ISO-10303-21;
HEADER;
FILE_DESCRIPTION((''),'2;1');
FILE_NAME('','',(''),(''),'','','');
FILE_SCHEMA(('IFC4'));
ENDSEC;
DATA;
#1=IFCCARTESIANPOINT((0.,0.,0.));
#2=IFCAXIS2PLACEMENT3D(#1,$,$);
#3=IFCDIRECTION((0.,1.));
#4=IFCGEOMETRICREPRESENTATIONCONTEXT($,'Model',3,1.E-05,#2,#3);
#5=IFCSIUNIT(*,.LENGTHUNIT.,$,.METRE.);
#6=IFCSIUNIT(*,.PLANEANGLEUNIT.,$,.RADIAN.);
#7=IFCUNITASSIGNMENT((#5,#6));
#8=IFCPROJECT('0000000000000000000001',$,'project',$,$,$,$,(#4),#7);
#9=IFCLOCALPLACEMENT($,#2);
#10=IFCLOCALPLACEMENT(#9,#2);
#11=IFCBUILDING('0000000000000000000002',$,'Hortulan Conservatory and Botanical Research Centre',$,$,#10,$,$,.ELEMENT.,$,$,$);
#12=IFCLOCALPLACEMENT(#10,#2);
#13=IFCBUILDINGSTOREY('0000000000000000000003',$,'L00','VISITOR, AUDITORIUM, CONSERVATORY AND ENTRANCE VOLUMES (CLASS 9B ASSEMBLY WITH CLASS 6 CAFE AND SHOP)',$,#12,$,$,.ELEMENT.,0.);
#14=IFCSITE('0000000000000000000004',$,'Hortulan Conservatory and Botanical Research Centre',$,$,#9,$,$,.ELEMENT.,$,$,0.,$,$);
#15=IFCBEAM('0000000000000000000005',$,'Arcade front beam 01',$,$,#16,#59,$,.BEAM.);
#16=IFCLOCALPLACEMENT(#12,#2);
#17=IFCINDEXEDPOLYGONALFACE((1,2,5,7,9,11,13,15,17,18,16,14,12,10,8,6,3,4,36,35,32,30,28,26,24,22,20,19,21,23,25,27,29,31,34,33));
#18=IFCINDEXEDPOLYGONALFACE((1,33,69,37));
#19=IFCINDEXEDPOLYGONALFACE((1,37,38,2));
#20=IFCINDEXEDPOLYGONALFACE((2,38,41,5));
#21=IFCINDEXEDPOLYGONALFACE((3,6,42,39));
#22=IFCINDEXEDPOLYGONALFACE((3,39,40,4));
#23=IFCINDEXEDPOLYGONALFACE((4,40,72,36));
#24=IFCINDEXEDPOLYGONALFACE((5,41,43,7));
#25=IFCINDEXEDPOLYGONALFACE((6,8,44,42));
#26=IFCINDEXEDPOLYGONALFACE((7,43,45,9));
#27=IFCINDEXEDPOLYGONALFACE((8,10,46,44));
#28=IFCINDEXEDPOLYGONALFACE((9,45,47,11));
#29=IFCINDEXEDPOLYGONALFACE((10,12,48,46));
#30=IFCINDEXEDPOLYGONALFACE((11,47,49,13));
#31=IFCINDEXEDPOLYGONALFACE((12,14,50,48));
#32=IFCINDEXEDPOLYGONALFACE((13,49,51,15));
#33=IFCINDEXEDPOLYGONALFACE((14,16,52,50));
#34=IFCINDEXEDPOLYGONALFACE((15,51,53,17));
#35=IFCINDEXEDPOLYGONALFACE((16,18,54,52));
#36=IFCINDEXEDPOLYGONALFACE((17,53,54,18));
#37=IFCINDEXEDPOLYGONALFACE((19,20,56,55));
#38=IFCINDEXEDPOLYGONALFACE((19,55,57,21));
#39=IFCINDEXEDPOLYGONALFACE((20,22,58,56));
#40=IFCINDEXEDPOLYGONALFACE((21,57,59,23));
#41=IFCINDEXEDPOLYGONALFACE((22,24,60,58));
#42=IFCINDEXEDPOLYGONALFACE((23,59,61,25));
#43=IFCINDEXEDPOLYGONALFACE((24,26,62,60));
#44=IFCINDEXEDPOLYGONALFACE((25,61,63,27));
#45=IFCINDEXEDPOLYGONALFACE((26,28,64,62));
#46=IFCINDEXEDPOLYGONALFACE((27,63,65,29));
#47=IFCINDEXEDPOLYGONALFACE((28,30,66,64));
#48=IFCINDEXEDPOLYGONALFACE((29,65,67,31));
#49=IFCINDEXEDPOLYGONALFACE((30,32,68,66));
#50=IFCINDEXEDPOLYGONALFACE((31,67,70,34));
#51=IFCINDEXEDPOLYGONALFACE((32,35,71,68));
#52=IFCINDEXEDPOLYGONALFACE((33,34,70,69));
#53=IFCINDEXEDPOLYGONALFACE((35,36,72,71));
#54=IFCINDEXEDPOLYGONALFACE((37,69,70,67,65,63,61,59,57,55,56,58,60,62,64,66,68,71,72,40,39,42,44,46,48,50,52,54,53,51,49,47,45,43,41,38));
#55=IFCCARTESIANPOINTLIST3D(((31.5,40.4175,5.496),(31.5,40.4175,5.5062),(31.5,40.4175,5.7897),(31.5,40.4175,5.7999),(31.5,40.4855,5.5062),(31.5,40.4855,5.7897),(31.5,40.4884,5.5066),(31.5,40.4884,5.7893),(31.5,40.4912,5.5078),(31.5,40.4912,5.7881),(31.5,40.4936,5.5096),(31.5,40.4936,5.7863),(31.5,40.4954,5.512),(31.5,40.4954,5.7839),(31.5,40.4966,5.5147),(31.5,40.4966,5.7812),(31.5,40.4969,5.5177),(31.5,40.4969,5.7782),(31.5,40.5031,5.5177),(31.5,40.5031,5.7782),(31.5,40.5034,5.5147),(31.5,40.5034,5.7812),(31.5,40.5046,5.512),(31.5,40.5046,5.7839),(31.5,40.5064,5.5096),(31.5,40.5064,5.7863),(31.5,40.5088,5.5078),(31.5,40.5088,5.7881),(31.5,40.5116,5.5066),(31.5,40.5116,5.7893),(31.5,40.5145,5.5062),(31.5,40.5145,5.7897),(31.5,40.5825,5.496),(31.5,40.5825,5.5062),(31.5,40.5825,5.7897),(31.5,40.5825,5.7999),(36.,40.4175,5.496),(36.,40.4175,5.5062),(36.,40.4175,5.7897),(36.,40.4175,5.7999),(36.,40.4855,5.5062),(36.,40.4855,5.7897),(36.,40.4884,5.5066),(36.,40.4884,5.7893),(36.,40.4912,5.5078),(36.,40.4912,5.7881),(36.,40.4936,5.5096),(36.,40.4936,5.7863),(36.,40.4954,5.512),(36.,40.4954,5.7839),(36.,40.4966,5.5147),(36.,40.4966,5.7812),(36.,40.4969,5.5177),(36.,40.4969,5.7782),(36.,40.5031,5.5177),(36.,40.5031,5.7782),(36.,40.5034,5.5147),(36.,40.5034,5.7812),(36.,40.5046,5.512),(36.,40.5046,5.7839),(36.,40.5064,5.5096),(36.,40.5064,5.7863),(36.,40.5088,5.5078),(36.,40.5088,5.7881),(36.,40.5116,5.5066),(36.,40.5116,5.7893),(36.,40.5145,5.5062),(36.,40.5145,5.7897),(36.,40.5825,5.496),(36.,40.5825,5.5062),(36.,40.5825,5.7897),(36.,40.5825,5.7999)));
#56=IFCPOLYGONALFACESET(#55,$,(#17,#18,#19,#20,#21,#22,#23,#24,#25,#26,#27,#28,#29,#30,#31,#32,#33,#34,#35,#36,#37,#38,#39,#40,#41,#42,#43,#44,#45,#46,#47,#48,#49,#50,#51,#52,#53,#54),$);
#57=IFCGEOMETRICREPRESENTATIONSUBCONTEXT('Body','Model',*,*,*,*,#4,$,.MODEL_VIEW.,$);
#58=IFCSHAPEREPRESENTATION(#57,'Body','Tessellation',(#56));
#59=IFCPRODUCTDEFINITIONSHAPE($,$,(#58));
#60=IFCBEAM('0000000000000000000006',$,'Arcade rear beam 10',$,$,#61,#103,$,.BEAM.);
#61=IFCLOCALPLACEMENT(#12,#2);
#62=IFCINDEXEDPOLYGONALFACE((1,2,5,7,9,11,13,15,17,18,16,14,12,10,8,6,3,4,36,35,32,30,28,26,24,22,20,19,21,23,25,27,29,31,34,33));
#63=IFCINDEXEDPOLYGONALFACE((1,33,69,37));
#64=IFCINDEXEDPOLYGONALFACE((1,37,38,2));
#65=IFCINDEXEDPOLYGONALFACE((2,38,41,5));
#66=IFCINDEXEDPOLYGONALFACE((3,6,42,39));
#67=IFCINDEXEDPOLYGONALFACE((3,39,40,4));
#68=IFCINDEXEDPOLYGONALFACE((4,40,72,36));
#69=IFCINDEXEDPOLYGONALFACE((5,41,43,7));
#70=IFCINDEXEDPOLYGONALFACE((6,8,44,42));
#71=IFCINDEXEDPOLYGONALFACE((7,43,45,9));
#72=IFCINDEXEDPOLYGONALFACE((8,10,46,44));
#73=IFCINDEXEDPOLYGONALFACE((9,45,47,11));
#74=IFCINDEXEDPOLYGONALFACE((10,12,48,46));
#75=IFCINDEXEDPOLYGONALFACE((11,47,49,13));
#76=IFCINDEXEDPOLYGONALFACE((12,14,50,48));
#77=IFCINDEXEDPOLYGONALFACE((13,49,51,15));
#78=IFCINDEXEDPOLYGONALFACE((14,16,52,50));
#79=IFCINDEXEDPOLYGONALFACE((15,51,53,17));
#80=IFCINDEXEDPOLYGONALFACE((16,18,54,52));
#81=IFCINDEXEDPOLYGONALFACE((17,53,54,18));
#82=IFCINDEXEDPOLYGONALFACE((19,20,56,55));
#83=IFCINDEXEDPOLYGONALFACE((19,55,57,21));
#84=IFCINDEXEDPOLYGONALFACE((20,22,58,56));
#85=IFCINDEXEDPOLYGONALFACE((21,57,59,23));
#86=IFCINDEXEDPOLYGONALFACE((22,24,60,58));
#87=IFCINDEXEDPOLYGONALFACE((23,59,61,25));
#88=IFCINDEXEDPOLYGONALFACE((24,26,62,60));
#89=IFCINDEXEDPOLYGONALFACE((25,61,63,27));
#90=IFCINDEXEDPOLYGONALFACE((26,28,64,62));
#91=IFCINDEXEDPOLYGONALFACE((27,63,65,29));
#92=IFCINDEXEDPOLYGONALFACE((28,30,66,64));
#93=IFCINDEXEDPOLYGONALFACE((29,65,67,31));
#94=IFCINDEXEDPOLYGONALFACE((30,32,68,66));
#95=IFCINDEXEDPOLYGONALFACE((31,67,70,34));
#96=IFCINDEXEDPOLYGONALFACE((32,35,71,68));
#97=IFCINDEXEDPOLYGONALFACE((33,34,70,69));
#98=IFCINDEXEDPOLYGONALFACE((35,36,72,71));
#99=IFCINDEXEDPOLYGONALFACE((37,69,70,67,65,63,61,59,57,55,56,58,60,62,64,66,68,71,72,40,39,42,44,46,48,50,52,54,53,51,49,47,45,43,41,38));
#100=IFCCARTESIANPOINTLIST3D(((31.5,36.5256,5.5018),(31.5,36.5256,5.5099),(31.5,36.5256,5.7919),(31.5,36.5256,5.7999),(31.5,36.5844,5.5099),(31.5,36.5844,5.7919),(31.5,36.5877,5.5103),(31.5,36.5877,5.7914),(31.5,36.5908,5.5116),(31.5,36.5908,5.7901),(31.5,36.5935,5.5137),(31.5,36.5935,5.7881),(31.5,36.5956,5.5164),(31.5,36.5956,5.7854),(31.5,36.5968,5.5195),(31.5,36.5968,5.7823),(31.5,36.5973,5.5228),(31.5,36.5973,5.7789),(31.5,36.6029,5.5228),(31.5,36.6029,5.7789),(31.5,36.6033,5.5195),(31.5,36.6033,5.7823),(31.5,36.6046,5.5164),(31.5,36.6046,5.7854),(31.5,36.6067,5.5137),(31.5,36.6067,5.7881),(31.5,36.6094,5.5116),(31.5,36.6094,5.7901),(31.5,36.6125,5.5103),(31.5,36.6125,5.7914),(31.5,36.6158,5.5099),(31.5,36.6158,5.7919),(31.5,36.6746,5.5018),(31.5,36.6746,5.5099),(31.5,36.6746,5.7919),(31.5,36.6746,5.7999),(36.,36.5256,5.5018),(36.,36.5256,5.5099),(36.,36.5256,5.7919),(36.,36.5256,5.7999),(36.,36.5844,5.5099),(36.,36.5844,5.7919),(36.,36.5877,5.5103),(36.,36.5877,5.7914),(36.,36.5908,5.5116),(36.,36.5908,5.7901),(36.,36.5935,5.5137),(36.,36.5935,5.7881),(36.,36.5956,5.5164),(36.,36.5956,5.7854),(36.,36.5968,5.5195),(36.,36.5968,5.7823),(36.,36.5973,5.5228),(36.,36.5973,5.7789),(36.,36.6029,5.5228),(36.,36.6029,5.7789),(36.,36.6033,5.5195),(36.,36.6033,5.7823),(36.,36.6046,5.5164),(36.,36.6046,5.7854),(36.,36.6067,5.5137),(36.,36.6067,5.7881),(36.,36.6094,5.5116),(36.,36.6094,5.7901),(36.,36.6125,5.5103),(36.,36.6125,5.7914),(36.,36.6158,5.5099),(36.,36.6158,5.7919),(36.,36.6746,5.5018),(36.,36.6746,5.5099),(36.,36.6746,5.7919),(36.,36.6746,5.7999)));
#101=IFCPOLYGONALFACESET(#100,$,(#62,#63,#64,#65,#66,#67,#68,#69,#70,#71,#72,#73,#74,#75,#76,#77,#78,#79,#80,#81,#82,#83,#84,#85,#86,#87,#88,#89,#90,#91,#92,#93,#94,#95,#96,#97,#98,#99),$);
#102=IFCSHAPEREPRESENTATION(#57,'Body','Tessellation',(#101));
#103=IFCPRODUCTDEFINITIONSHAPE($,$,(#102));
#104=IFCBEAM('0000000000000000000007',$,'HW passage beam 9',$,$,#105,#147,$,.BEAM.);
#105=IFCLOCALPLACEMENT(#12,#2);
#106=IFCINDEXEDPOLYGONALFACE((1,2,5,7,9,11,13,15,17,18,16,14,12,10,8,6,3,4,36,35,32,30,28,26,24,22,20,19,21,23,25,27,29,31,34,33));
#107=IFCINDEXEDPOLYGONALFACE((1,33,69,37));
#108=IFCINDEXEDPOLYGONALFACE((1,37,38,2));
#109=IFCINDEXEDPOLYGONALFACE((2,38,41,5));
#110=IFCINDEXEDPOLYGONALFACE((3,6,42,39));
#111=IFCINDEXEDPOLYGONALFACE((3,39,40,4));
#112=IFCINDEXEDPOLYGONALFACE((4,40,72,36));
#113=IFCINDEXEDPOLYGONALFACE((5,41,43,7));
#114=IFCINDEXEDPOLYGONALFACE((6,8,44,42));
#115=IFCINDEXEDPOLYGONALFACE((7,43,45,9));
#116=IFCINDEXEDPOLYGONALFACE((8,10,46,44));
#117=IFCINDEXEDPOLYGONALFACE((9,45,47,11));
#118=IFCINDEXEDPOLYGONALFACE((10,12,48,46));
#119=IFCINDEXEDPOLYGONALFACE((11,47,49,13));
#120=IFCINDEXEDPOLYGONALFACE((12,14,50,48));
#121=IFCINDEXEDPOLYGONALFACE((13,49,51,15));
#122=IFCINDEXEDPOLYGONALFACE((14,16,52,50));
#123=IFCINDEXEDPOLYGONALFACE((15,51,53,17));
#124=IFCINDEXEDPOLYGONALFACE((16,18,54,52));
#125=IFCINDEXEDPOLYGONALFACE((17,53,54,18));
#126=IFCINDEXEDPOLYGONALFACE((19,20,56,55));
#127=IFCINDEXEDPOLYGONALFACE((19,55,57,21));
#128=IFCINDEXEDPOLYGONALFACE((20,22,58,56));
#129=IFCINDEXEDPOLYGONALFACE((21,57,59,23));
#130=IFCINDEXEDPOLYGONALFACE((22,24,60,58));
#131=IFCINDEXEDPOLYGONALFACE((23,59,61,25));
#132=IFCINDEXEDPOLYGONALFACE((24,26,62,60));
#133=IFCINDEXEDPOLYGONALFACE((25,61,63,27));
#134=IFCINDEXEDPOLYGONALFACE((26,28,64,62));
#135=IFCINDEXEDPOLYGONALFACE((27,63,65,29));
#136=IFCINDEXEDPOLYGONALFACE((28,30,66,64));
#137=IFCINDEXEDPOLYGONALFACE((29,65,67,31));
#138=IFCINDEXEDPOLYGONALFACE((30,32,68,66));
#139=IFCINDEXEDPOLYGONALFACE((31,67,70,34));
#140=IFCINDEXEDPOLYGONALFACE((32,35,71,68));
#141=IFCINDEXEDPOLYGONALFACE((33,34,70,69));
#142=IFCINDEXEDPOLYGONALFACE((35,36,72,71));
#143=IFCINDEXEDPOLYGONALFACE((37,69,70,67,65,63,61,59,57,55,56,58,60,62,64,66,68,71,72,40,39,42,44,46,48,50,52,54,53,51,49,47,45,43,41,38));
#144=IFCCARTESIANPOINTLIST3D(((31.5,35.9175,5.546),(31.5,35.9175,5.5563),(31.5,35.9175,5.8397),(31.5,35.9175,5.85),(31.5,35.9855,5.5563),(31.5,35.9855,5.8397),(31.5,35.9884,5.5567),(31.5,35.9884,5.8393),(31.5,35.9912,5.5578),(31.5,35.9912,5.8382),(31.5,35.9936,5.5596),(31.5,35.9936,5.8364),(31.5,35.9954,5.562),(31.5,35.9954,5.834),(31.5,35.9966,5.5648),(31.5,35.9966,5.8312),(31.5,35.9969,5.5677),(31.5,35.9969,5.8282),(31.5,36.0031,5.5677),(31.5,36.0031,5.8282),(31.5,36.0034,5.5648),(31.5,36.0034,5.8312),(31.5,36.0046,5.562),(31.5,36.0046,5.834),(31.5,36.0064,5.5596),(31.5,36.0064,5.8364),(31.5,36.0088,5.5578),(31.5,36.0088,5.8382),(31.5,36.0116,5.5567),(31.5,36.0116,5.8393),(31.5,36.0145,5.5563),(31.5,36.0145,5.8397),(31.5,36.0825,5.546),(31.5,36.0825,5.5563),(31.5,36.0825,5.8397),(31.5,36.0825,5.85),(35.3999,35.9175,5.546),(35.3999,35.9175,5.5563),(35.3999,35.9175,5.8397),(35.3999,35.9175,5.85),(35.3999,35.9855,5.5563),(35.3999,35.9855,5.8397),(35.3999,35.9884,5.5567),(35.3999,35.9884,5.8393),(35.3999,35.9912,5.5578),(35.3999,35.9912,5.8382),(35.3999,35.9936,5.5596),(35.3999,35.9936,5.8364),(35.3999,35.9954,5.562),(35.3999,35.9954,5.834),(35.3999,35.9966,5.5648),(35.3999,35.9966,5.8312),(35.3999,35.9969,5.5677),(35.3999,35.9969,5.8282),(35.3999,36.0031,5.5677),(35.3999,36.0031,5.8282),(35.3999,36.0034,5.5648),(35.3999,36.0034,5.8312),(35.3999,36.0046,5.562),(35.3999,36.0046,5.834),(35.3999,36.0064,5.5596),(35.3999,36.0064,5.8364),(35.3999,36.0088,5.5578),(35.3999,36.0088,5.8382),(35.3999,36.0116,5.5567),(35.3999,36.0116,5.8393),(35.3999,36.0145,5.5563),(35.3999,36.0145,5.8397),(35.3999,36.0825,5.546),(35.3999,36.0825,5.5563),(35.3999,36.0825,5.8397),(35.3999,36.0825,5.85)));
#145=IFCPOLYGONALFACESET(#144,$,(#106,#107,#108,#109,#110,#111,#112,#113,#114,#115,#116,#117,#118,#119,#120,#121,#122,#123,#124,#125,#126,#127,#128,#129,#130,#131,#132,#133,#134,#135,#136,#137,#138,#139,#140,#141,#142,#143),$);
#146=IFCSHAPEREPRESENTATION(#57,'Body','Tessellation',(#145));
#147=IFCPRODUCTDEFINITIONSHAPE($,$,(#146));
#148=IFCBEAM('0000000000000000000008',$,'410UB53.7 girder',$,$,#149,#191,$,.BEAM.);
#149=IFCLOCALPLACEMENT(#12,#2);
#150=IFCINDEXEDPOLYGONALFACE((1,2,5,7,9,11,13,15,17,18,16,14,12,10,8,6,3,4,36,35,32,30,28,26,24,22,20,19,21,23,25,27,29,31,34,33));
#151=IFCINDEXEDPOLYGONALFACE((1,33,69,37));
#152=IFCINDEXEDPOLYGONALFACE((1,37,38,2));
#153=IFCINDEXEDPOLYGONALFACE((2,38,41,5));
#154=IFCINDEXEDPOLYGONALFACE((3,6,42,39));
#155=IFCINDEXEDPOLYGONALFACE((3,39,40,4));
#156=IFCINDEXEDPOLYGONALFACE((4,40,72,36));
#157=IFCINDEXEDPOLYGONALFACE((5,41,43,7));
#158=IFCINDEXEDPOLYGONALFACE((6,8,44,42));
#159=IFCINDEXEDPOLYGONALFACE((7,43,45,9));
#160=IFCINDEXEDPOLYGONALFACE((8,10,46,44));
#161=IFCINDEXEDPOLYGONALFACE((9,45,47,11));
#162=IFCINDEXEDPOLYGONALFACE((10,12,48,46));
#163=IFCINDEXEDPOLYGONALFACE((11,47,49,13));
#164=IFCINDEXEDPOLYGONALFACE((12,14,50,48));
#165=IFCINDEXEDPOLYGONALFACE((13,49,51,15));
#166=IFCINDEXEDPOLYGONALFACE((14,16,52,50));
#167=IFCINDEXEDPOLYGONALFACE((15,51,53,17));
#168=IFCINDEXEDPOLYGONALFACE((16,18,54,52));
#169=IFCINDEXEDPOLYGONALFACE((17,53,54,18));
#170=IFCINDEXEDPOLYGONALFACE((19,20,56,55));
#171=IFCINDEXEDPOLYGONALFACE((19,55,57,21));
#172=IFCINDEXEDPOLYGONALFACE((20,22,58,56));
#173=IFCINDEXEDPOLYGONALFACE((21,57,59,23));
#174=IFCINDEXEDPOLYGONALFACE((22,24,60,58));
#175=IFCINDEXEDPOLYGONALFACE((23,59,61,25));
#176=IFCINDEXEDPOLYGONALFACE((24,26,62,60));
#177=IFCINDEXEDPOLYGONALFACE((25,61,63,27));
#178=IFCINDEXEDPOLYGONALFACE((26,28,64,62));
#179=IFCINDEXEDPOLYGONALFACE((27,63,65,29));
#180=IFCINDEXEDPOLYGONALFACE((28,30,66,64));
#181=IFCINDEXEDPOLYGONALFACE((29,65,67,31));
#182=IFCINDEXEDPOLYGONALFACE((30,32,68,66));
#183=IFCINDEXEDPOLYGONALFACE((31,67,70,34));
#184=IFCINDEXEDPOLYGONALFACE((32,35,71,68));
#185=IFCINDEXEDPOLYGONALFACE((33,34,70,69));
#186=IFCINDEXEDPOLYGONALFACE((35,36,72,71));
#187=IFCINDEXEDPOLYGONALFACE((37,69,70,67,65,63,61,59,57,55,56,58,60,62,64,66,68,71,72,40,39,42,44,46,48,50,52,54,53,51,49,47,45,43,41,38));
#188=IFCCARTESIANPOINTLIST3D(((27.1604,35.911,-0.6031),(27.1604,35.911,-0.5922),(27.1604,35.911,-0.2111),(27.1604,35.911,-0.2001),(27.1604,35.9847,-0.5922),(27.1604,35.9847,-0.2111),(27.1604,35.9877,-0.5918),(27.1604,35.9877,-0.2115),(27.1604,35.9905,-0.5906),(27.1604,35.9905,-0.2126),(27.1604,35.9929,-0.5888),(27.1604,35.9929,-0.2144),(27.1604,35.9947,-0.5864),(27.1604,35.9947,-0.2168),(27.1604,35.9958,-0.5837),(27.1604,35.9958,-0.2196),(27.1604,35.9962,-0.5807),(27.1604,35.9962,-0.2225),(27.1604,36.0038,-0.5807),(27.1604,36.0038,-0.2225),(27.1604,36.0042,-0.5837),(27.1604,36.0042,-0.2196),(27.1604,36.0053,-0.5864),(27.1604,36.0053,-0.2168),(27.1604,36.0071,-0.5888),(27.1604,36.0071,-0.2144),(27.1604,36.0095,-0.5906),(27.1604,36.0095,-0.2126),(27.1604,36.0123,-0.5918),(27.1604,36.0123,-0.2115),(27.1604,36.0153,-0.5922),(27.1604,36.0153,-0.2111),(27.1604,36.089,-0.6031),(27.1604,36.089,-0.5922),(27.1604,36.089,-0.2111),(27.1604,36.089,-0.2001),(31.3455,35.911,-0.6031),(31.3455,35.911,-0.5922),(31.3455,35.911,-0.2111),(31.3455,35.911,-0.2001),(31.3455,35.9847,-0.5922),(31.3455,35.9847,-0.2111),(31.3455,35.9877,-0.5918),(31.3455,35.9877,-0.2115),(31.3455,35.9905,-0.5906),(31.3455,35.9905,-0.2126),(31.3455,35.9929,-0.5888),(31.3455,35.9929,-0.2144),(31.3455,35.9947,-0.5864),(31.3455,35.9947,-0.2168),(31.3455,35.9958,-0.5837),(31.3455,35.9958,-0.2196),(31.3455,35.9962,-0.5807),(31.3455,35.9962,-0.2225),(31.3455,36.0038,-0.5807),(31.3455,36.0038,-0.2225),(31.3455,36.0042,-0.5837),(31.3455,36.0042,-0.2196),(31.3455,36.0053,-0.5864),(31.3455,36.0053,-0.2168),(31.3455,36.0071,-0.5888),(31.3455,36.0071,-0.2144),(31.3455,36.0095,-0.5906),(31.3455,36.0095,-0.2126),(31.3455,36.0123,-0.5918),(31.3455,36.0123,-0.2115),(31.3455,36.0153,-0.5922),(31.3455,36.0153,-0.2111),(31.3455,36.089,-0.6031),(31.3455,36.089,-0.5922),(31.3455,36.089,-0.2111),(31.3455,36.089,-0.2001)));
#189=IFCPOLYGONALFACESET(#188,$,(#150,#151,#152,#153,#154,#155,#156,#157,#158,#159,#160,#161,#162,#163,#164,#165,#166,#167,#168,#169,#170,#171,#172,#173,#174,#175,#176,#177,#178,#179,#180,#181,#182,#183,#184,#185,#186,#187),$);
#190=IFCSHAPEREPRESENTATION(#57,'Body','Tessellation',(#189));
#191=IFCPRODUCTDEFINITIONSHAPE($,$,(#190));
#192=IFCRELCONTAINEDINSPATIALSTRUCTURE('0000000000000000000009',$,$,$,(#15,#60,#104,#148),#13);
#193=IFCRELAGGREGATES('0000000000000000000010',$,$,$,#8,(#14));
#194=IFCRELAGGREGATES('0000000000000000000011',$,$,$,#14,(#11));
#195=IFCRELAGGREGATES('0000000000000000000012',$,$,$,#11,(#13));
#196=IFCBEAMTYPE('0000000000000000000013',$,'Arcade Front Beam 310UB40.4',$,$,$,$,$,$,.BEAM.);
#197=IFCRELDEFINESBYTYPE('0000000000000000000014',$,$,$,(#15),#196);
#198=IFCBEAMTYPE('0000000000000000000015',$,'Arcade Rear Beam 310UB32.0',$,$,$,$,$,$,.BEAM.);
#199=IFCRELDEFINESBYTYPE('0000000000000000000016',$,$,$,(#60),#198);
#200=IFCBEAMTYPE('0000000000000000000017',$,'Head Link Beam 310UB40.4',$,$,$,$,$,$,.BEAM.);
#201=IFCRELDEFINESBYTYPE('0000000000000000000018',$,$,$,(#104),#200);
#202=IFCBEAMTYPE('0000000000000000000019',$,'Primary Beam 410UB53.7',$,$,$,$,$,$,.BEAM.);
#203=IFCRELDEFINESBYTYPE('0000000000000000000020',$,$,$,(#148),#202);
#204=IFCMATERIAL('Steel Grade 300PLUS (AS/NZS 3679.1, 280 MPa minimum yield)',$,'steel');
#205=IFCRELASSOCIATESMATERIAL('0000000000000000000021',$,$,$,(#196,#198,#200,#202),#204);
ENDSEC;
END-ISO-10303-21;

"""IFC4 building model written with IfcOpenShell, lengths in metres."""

from ifc_helpers import new_model, si_unit, direction, frame, origin, origin_2d, place, context, subcontext, project, spatial, i_section, extrude, material, material_profile, profile_set, type_object, element, save


model = new_model("IFC4")

# Units and contexts
model_context = context("Model", 3, precision=1e-05, world=origin(), true_north=direction((0.0, 1.0)))
body_context = subcontext(model_context, "Body", "Model", "MODEL_VIEW")
ifc_project = project(units=[si_unit("LENGTHUNIT", "METRE"), si_unit("PLANEANGLEUNIT", "RADIAN")], contexts=[model_context])

# Site, building, storey
site_placement = place(None, origin())
site = spatial("IfcSite", under=ifc_project, at=site_placement, Name="Hortulan Conservatory and Botanical Research Centre", CompositionType="ELEMENT", RefElevation=0.0)
building_placement = place(site_placement, origin())
building = spatial("IfcBuilding", under=site, at=building_placement, Name="Hortulan Conservatory and Botanical Research Centre", CompositionType="ELEMENT")
storey_placement = place(building_placement, origin())
storey = spatial("IfcBuildingStorey", under=building, at=storey_placement, Name="L00", Description="VISITOR, AUDITORIUM, CONSERVATORY AND ENTRANCE VOLUMES (CLASS 9B ASSEMBLY WITH CLASS 6 CAFE AND SHOP)", CompositionType="ELEMENT", Elevation=0.0)

# Shared definitions
ifc_material_1 = material(Name="Steel Grade 300PLUS (AS/NZS 3679.1, 280 MPa minimum yield)", Category="steel")

# Beams
ifc_material_profile_1 = material_profile(ifc_material_1, i_section(OverallWidth=0.165, OverallDepth=0.304, WebThickness=0.0061, FlangeThickness=0.0103, FilletRadius=0.0115, at=origin_2d()), Name="310UB40.4")
ifc_profile_set_1 = profile_set([ifc_material_profile_1], Name="Steel Grade 300PLUS (AS/NZS 3679.1, 280 MPa minimum yield)")
beam_type_1 = type_object("IfcBeamType", Name="Arcade Front Beam 310UB40.4", PredefinedType="BEAM", material=ifc_profile_set_1)
beam_1_placement = place(storey_placement, frame((31.5, 40.5, 5.6479), z_axis=(1.0, 0.0, 0.0), x_axis=(0.0, 1.0, 0.0)))
element("IfcBeam", 1, at=beam_1_placement, inside=storey, type_object=beam_type_1, Name="Arcade front beam 01", PredefinedType="BEAM", context=body_context, shape_type="SweptSolid", body=[
    extrude(i_section(OverallWidth=0.165, OverallDepth=0.304, WebThickness=0.0061, FlangeThickness=0.0103, FilletRadius=0.0115, at=origin_2d()), origin(), (0.0, 0.0, 1.0), 4.5),
])
ifc_material_profile_2 = material_profile(ifc_material_1, i_section(OverallWidth=0.1489, OverallDepth=0.2981, WebThickness=0.0056, FlangeThickness=0.0081, FilletRadius=0.0129, at=origin_2d()), Name="310UB32.0")
ifc_profile_set_2 = profile_set([ifc_material_profile_2], Name="Steel Grade 300PLUS (AS/NZS 3679.1, 280 MPa minimum yield)")
beam_type_2 = type_object("IfcBeamType", Name="Arcade Rear Beam 310UB32.0", PredefinedType="BEAM", material=ifc_profile_set_2)
beam_2_placement = place(storey_placement, frame((31.5, 36.6001, 5.6509), z_axis=(1.0, 0.0, 0.0), x_axis=(0.0, 1.0, 0.0)))
element("IfcBeam", 2, at=beam_2_placement, inside=storey, type_object=beam_type_2, Name="Arcade rear beam 10", PredefinedType="BEAM", context=body_context, shape_type="SweptSolid", body=[
    extrude(i_section(OverallWidth=0.1489, OverallDepth=0.2981, WebThickness=0.0056, FlangeThickness=0.0081, FilletRadius=0.0129, at=origin_2d()), origin(), (0.0, 0.0, 1.0), 4.5),
])
ifc_material_profile_3 = material_profile(ifc_material_1, i_section(OverallWidth=0.165, OverallDepth=0.304, WebThickness=0.0061, FlangeThickness=0.0103, FilletRadius=0.0115, at=origin_2d()), Name="310UB40.4")
ifc_profile_set_3 = profile_set([ifc_material_profile_3], Name="Steel Grade 300PLUS (AS/NZS 3679.1, 280 MPa minimum yield)")
beam_type_3 = type_object("IfcBeamType", Name="Head Link Beam 310UB40.4", PredefinedType="BEAM", material=ifc_profile_set_3)
beam_3_placement = place(storey_placement, frame((31.5, 36.0, 5.698), z_axis=(1.0, 0.0, 0.0), x_axis=(0.0, 1.0, 0.0)))
element("IfcBeam", 3, at=beam_3_placement, inside=storey, type_object=beam_type_3, Name="HW passage beam 9", PredefinedType="BEAM", context=body_context, shape_type="SweptSolid", body=[
    extrude(i_section(OverallWidth=0.165, OverallDepth=0.304, WebThickness=0.0061, FlangeThickness=0.0103, FilletRadius=0.0115, at=origin_2d()), origin(), (0.0, 0.0, 1.0), 3.8999),
])
ifc_material_profile_4 = material_profile(ifc_material_1, i_section(OverallWidth=0.178, OverallDepth=0.4031, WebThickness=0.0076, FlangeThickness=0.011, FilletRadius=0.0115, at=origin_2d()), Name="410UB53.7")
ifc_profile_set_4 = profile_set([ifc_material_profile_4], Name="Steel Grade 300PLUS (AS/NZS 3679.1, 280 MPa minimum yield)")
beam_type_4 = type_object("IfcBeamType", Name="Primary Beam 410UB53.7", PredefinedType="BEAM", material=ifc_profile_set_4)
beam_4_placement = place(storey_placement, frame((27.1604, 36.0, -0.4016), z_axis=(1.0, 0.0, 0.0), x_axis=(0.0, 1.0, 0.0)))
element("IfcBeam", 4, at=beam_4_placement, inside=storey, type_object=beam_type_4, Name="410UB53.7 girder", PredefinedType="BEAM", context=body_context, shape_type="SweptSolid", body=[
    extrude(i_section(OverallWidth=0.178, OverallDepth=0.4031, WebThickness=0.0076, FlangeThickness=0.011, FilletRadius=0.0115, at=origin_2d()), origin(), (0.0, 0.0, 1.0), 4.1851),
])

save(model, "model.ifc")
